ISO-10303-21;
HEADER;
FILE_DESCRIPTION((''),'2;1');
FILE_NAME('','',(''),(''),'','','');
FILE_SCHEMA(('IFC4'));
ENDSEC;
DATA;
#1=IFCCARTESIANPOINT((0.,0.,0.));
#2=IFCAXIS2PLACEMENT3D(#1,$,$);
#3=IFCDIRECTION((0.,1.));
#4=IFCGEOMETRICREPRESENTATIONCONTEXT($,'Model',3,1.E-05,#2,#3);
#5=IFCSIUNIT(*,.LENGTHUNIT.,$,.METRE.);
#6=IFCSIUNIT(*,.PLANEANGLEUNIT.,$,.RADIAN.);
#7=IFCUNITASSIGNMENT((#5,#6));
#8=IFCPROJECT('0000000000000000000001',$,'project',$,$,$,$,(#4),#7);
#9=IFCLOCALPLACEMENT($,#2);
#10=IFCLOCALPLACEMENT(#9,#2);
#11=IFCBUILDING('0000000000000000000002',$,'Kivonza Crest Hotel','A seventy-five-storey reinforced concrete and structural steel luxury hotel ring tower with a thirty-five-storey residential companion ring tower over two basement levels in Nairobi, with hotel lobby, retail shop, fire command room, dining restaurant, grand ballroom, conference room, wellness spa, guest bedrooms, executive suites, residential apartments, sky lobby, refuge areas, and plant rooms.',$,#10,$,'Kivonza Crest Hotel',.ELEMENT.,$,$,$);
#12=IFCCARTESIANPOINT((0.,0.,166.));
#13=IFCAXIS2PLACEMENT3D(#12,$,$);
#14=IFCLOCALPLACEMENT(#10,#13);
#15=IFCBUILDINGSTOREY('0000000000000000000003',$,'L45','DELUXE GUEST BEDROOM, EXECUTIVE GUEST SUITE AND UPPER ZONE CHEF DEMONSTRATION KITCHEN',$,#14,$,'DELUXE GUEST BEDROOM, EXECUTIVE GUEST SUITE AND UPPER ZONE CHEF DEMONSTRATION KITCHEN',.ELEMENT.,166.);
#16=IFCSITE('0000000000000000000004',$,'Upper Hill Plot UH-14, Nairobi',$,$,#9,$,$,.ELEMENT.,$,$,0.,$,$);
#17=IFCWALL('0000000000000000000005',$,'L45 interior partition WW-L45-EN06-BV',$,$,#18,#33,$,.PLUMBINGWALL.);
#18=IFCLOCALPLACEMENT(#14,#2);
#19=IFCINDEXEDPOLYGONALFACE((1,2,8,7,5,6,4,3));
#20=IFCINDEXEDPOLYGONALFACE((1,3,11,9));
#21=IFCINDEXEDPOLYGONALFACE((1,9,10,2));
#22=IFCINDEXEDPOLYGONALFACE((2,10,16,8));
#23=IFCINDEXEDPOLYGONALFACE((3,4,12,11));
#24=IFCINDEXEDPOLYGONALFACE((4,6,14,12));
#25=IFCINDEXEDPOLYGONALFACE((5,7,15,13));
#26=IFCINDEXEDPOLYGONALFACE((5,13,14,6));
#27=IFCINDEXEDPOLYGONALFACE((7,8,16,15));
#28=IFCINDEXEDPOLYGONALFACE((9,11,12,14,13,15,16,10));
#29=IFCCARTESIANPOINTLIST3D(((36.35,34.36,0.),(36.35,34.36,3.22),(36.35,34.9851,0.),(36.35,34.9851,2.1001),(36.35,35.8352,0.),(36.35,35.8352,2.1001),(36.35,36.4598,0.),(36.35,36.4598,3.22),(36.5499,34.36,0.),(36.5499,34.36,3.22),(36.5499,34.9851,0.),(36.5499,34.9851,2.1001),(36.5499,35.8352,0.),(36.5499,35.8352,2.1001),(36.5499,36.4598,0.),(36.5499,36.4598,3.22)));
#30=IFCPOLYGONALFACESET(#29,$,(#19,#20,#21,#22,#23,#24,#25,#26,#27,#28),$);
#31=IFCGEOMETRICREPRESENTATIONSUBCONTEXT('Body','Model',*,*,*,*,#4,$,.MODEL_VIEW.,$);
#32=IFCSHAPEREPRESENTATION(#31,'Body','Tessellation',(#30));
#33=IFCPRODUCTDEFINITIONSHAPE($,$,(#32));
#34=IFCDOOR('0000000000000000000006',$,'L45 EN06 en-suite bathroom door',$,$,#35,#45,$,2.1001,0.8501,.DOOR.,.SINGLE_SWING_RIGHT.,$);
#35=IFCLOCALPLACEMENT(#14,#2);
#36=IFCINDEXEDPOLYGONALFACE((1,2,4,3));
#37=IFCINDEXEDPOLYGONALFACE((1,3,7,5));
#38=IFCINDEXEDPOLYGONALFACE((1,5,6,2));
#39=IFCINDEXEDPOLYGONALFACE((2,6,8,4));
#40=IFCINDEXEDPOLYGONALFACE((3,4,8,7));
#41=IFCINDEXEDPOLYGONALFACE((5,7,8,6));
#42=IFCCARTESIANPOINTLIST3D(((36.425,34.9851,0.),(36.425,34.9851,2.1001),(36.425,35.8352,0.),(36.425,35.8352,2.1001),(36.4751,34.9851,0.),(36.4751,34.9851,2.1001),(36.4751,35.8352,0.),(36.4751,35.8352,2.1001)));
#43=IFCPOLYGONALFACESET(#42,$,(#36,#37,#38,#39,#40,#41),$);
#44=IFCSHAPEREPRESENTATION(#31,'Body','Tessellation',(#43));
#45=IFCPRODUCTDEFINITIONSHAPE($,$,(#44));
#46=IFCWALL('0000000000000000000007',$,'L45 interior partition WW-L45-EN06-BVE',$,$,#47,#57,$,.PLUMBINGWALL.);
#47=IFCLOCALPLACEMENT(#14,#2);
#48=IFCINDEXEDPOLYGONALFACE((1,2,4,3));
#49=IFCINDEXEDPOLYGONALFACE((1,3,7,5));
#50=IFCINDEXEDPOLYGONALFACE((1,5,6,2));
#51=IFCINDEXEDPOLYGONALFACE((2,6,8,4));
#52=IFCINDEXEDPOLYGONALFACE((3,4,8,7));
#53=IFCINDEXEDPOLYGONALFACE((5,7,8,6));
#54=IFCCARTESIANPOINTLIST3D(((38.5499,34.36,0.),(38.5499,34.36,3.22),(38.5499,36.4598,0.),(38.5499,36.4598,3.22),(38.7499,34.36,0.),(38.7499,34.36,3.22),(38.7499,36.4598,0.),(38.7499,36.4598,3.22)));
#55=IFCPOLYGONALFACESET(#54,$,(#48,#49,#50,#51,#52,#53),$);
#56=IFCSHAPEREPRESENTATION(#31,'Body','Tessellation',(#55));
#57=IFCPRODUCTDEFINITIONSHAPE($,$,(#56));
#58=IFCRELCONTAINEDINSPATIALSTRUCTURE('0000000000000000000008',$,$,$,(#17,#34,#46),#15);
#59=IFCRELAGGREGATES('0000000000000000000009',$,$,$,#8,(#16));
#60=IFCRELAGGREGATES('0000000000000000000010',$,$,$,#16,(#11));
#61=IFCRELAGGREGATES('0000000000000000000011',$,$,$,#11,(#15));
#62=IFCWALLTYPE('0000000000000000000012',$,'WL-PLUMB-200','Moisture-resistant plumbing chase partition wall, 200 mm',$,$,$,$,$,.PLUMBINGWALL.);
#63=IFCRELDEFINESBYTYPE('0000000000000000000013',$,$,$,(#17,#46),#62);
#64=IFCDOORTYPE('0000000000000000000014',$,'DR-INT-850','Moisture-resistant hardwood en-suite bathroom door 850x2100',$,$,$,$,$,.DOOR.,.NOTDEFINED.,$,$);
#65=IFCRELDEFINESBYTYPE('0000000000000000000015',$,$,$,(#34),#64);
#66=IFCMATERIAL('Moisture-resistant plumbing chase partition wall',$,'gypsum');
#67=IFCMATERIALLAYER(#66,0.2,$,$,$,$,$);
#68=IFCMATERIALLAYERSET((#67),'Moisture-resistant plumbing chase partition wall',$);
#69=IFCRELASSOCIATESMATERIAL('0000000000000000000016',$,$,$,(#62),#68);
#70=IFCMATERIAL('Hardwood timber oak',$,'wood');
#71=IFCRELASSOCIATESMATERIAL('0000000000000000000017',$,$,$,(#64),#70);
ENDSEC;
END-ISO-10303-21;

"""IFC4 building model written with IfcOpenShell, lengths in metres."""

from ifc_helpers import new_model, si_unit, direction, frame, frame_2d, origin, place, context, subcontext, project, spatial, rectangle, extrude, material, layer, layer_set, type_object, element, fill, save


model = new_model("IFC4")

# Units and contexts
model_context = context("Model", 3, precision=1e-05, world=origin(), true_north=direction((0.0, 1.0)))
body_context = subcontext(model_context, "Body", "Model", "MODEL_VIEW")
ifc_project = project(units=[si_unit("LENGTHUNIT", "METRE"), si_unit("PLANEANGLEUNIT", "RADIAN")], contexts=[model_context])

# Site, building, storey
site_placement = place(None, origin())
site = spatial("IfcSite", under=ifc_project, at=site_placement, Name="Upper Hill Plot UH-14, Nairobi", CompositionType="ELEMENT", RefElevation=0.0)
building_placement = place(site_placement, origin())
building = spatial("IfcBuilding", under=site, at=building_placement, Name="Kivonza Crest Hotel", Description="A seventy-five-storey reinforced concrete and structural steel luxury hotel ring tower with a thirty-five-storey residential companion ring tower over two basement levels in Nairobi, with hotel lobby, retail shop, fire command room, dining restaurant, grand ballroom, conference room, wellness spa, guest bedrooms, executive suites, residential apartments, sky lobby, refuge areas, and plant rooms.", LongName="Kivonza Crest Hotel", CompositionType="ELEMENT")
storey_placement = place(building_placement, frame((0.0, 0.0, 166.0)))
storey = spatial("IfcBuildingStorey", under=building, at=storey_placement, Name="L45", Description="DELUXE GUEST BEDROOM, EXECUTIVE GUEST SUITE AND UPPER ZONE CHEF DEMONSTRATION KITCHEN", LongName="DELUXE GUEST BEDROOM, EXECUTIVE GUEST SUITE AND UPPER ZONE CHEF DEMONSTRATION KITCHEN", CompositionType="ELEMENT", Elevation=166.0)

# Shared definitions
ifc_material_1 = material(Name="Hardwood timber oak", Category="wood")

# Wall, opening, door
ifc_material_2 = material(Name="Moisture-resistant plumbing chase partition wall", Category="gypsum")
ifc_layer_1 = layer(ifc_material_2, 0.2)
ifc_layer_set_1 = layer_set([ifc_layer_1], Name="Moisture-resistant plumbing chase partition wall")
wall_type_1 = type_object("IfcWallType", Name="WL-PLUMB-200", Description="Moisture-resistant plumbing chase partition wall, 200 mm", PredefinedType="PLUMBINGWALL", material=ifc_layer_set_1)
wall_1_placement = place(storey_placement, frame((36.45, 34.3601, 0.0), z_axis=(0.0, 0.0, 1.0), x_axis=(0.0, 1.0, 0.0)))
wall_1 = element("IfcWall", 1, at=wall_1_placement, inside=storey, type_object=wall_type_1, Name="L45 interior partition WW-L45-EN06-BV", PredefinedType="PLUMBINGWALL", context=body_context, shape_type="SweptSolid", body=[
    extrude(rectangle(XDim=2.0999, YDim=0.2, at=frame_2d((1.0498, 0.0))), origin(), (0.0, 0.0, 1.0), 3.22),
])
opening_1_placement = place(wall_1_placement, frame((0.625, 0.0, 0.0)))
opening_1 = element("IfcOpeningElement", 2, at=opening_1_placement, cuts=wall_1, PredefinedType="OPENING", context=body_context, shape_type="SweptSolid", body=[
    extrude(rectangle(XDim=0.8501, YDim=2.1001, at=frame_2d((0.425, 1.05))), frame((0.0, 0.1099, 0.0), z_axis=(0.0, -1.0, 0.0), x_axis=(1.0, 0.0, 0.0)), (0.0, 0.0, 1.0), 0.22),
])
door_type_1 = type_object("IfcDoorType", Name="DR-INT-850", Description="Moisture-resistant hardwood en-suite bathroom door 850x2100", OperationType="NOTDEFINED", PredefinedType="DOOR", material=ifc_material_1)
door_1_placement = place(opening_1_placement, origin())
door_1 = element("IfcDoor", 3, at=door_1_placement, inside=storey, type_object=door_type_1, Name="L45 EN06 en-suite bathroom door", OperationType="SINGLE_SWING_RIGHT", OverallHeight=2.1001, OverallWidth=0.8501, PredefinedType="DOOR", context=body_context, shape_type="SweptSolid", body=[
    extrude(rectangle(XDim=0.8501, YDim=2.1001, at=frame_2d((0.425, 1.05))), frame((0.0, 0.0249, 0.0), z_axis=(0.0, -1.0, 0.0), x_axis=(1.0, 0.0, 0.0)), (0.0, 0.0, 1.0), 0.05),
])
fill(opening_1, door_1)

# Wall
wall_2_placement = place(storey_placement, frame((38.6499, 34.3601, 0.0), z_axis=(0.0, 0.0, 1.0), x_axis=(0.0, 1.0, 0.0)))
element("IfcWall", 4, at=wall_2_placement, inside=storey, type_object=wall_type_1, Name="L45 interior partition WW-L45-EN06-BVE", PredefinedType="PLUMBINGWALL", context=body_context, shape_type="SweptSolid", body=[
    extrude(rectangle(XDim=2.0999, YDim=0.2, at=frame_2d((1.0498, 0.0))), origin(), (0.0, 0.0, 1.0), 3.22),
])

save(model, "model.ifc")
